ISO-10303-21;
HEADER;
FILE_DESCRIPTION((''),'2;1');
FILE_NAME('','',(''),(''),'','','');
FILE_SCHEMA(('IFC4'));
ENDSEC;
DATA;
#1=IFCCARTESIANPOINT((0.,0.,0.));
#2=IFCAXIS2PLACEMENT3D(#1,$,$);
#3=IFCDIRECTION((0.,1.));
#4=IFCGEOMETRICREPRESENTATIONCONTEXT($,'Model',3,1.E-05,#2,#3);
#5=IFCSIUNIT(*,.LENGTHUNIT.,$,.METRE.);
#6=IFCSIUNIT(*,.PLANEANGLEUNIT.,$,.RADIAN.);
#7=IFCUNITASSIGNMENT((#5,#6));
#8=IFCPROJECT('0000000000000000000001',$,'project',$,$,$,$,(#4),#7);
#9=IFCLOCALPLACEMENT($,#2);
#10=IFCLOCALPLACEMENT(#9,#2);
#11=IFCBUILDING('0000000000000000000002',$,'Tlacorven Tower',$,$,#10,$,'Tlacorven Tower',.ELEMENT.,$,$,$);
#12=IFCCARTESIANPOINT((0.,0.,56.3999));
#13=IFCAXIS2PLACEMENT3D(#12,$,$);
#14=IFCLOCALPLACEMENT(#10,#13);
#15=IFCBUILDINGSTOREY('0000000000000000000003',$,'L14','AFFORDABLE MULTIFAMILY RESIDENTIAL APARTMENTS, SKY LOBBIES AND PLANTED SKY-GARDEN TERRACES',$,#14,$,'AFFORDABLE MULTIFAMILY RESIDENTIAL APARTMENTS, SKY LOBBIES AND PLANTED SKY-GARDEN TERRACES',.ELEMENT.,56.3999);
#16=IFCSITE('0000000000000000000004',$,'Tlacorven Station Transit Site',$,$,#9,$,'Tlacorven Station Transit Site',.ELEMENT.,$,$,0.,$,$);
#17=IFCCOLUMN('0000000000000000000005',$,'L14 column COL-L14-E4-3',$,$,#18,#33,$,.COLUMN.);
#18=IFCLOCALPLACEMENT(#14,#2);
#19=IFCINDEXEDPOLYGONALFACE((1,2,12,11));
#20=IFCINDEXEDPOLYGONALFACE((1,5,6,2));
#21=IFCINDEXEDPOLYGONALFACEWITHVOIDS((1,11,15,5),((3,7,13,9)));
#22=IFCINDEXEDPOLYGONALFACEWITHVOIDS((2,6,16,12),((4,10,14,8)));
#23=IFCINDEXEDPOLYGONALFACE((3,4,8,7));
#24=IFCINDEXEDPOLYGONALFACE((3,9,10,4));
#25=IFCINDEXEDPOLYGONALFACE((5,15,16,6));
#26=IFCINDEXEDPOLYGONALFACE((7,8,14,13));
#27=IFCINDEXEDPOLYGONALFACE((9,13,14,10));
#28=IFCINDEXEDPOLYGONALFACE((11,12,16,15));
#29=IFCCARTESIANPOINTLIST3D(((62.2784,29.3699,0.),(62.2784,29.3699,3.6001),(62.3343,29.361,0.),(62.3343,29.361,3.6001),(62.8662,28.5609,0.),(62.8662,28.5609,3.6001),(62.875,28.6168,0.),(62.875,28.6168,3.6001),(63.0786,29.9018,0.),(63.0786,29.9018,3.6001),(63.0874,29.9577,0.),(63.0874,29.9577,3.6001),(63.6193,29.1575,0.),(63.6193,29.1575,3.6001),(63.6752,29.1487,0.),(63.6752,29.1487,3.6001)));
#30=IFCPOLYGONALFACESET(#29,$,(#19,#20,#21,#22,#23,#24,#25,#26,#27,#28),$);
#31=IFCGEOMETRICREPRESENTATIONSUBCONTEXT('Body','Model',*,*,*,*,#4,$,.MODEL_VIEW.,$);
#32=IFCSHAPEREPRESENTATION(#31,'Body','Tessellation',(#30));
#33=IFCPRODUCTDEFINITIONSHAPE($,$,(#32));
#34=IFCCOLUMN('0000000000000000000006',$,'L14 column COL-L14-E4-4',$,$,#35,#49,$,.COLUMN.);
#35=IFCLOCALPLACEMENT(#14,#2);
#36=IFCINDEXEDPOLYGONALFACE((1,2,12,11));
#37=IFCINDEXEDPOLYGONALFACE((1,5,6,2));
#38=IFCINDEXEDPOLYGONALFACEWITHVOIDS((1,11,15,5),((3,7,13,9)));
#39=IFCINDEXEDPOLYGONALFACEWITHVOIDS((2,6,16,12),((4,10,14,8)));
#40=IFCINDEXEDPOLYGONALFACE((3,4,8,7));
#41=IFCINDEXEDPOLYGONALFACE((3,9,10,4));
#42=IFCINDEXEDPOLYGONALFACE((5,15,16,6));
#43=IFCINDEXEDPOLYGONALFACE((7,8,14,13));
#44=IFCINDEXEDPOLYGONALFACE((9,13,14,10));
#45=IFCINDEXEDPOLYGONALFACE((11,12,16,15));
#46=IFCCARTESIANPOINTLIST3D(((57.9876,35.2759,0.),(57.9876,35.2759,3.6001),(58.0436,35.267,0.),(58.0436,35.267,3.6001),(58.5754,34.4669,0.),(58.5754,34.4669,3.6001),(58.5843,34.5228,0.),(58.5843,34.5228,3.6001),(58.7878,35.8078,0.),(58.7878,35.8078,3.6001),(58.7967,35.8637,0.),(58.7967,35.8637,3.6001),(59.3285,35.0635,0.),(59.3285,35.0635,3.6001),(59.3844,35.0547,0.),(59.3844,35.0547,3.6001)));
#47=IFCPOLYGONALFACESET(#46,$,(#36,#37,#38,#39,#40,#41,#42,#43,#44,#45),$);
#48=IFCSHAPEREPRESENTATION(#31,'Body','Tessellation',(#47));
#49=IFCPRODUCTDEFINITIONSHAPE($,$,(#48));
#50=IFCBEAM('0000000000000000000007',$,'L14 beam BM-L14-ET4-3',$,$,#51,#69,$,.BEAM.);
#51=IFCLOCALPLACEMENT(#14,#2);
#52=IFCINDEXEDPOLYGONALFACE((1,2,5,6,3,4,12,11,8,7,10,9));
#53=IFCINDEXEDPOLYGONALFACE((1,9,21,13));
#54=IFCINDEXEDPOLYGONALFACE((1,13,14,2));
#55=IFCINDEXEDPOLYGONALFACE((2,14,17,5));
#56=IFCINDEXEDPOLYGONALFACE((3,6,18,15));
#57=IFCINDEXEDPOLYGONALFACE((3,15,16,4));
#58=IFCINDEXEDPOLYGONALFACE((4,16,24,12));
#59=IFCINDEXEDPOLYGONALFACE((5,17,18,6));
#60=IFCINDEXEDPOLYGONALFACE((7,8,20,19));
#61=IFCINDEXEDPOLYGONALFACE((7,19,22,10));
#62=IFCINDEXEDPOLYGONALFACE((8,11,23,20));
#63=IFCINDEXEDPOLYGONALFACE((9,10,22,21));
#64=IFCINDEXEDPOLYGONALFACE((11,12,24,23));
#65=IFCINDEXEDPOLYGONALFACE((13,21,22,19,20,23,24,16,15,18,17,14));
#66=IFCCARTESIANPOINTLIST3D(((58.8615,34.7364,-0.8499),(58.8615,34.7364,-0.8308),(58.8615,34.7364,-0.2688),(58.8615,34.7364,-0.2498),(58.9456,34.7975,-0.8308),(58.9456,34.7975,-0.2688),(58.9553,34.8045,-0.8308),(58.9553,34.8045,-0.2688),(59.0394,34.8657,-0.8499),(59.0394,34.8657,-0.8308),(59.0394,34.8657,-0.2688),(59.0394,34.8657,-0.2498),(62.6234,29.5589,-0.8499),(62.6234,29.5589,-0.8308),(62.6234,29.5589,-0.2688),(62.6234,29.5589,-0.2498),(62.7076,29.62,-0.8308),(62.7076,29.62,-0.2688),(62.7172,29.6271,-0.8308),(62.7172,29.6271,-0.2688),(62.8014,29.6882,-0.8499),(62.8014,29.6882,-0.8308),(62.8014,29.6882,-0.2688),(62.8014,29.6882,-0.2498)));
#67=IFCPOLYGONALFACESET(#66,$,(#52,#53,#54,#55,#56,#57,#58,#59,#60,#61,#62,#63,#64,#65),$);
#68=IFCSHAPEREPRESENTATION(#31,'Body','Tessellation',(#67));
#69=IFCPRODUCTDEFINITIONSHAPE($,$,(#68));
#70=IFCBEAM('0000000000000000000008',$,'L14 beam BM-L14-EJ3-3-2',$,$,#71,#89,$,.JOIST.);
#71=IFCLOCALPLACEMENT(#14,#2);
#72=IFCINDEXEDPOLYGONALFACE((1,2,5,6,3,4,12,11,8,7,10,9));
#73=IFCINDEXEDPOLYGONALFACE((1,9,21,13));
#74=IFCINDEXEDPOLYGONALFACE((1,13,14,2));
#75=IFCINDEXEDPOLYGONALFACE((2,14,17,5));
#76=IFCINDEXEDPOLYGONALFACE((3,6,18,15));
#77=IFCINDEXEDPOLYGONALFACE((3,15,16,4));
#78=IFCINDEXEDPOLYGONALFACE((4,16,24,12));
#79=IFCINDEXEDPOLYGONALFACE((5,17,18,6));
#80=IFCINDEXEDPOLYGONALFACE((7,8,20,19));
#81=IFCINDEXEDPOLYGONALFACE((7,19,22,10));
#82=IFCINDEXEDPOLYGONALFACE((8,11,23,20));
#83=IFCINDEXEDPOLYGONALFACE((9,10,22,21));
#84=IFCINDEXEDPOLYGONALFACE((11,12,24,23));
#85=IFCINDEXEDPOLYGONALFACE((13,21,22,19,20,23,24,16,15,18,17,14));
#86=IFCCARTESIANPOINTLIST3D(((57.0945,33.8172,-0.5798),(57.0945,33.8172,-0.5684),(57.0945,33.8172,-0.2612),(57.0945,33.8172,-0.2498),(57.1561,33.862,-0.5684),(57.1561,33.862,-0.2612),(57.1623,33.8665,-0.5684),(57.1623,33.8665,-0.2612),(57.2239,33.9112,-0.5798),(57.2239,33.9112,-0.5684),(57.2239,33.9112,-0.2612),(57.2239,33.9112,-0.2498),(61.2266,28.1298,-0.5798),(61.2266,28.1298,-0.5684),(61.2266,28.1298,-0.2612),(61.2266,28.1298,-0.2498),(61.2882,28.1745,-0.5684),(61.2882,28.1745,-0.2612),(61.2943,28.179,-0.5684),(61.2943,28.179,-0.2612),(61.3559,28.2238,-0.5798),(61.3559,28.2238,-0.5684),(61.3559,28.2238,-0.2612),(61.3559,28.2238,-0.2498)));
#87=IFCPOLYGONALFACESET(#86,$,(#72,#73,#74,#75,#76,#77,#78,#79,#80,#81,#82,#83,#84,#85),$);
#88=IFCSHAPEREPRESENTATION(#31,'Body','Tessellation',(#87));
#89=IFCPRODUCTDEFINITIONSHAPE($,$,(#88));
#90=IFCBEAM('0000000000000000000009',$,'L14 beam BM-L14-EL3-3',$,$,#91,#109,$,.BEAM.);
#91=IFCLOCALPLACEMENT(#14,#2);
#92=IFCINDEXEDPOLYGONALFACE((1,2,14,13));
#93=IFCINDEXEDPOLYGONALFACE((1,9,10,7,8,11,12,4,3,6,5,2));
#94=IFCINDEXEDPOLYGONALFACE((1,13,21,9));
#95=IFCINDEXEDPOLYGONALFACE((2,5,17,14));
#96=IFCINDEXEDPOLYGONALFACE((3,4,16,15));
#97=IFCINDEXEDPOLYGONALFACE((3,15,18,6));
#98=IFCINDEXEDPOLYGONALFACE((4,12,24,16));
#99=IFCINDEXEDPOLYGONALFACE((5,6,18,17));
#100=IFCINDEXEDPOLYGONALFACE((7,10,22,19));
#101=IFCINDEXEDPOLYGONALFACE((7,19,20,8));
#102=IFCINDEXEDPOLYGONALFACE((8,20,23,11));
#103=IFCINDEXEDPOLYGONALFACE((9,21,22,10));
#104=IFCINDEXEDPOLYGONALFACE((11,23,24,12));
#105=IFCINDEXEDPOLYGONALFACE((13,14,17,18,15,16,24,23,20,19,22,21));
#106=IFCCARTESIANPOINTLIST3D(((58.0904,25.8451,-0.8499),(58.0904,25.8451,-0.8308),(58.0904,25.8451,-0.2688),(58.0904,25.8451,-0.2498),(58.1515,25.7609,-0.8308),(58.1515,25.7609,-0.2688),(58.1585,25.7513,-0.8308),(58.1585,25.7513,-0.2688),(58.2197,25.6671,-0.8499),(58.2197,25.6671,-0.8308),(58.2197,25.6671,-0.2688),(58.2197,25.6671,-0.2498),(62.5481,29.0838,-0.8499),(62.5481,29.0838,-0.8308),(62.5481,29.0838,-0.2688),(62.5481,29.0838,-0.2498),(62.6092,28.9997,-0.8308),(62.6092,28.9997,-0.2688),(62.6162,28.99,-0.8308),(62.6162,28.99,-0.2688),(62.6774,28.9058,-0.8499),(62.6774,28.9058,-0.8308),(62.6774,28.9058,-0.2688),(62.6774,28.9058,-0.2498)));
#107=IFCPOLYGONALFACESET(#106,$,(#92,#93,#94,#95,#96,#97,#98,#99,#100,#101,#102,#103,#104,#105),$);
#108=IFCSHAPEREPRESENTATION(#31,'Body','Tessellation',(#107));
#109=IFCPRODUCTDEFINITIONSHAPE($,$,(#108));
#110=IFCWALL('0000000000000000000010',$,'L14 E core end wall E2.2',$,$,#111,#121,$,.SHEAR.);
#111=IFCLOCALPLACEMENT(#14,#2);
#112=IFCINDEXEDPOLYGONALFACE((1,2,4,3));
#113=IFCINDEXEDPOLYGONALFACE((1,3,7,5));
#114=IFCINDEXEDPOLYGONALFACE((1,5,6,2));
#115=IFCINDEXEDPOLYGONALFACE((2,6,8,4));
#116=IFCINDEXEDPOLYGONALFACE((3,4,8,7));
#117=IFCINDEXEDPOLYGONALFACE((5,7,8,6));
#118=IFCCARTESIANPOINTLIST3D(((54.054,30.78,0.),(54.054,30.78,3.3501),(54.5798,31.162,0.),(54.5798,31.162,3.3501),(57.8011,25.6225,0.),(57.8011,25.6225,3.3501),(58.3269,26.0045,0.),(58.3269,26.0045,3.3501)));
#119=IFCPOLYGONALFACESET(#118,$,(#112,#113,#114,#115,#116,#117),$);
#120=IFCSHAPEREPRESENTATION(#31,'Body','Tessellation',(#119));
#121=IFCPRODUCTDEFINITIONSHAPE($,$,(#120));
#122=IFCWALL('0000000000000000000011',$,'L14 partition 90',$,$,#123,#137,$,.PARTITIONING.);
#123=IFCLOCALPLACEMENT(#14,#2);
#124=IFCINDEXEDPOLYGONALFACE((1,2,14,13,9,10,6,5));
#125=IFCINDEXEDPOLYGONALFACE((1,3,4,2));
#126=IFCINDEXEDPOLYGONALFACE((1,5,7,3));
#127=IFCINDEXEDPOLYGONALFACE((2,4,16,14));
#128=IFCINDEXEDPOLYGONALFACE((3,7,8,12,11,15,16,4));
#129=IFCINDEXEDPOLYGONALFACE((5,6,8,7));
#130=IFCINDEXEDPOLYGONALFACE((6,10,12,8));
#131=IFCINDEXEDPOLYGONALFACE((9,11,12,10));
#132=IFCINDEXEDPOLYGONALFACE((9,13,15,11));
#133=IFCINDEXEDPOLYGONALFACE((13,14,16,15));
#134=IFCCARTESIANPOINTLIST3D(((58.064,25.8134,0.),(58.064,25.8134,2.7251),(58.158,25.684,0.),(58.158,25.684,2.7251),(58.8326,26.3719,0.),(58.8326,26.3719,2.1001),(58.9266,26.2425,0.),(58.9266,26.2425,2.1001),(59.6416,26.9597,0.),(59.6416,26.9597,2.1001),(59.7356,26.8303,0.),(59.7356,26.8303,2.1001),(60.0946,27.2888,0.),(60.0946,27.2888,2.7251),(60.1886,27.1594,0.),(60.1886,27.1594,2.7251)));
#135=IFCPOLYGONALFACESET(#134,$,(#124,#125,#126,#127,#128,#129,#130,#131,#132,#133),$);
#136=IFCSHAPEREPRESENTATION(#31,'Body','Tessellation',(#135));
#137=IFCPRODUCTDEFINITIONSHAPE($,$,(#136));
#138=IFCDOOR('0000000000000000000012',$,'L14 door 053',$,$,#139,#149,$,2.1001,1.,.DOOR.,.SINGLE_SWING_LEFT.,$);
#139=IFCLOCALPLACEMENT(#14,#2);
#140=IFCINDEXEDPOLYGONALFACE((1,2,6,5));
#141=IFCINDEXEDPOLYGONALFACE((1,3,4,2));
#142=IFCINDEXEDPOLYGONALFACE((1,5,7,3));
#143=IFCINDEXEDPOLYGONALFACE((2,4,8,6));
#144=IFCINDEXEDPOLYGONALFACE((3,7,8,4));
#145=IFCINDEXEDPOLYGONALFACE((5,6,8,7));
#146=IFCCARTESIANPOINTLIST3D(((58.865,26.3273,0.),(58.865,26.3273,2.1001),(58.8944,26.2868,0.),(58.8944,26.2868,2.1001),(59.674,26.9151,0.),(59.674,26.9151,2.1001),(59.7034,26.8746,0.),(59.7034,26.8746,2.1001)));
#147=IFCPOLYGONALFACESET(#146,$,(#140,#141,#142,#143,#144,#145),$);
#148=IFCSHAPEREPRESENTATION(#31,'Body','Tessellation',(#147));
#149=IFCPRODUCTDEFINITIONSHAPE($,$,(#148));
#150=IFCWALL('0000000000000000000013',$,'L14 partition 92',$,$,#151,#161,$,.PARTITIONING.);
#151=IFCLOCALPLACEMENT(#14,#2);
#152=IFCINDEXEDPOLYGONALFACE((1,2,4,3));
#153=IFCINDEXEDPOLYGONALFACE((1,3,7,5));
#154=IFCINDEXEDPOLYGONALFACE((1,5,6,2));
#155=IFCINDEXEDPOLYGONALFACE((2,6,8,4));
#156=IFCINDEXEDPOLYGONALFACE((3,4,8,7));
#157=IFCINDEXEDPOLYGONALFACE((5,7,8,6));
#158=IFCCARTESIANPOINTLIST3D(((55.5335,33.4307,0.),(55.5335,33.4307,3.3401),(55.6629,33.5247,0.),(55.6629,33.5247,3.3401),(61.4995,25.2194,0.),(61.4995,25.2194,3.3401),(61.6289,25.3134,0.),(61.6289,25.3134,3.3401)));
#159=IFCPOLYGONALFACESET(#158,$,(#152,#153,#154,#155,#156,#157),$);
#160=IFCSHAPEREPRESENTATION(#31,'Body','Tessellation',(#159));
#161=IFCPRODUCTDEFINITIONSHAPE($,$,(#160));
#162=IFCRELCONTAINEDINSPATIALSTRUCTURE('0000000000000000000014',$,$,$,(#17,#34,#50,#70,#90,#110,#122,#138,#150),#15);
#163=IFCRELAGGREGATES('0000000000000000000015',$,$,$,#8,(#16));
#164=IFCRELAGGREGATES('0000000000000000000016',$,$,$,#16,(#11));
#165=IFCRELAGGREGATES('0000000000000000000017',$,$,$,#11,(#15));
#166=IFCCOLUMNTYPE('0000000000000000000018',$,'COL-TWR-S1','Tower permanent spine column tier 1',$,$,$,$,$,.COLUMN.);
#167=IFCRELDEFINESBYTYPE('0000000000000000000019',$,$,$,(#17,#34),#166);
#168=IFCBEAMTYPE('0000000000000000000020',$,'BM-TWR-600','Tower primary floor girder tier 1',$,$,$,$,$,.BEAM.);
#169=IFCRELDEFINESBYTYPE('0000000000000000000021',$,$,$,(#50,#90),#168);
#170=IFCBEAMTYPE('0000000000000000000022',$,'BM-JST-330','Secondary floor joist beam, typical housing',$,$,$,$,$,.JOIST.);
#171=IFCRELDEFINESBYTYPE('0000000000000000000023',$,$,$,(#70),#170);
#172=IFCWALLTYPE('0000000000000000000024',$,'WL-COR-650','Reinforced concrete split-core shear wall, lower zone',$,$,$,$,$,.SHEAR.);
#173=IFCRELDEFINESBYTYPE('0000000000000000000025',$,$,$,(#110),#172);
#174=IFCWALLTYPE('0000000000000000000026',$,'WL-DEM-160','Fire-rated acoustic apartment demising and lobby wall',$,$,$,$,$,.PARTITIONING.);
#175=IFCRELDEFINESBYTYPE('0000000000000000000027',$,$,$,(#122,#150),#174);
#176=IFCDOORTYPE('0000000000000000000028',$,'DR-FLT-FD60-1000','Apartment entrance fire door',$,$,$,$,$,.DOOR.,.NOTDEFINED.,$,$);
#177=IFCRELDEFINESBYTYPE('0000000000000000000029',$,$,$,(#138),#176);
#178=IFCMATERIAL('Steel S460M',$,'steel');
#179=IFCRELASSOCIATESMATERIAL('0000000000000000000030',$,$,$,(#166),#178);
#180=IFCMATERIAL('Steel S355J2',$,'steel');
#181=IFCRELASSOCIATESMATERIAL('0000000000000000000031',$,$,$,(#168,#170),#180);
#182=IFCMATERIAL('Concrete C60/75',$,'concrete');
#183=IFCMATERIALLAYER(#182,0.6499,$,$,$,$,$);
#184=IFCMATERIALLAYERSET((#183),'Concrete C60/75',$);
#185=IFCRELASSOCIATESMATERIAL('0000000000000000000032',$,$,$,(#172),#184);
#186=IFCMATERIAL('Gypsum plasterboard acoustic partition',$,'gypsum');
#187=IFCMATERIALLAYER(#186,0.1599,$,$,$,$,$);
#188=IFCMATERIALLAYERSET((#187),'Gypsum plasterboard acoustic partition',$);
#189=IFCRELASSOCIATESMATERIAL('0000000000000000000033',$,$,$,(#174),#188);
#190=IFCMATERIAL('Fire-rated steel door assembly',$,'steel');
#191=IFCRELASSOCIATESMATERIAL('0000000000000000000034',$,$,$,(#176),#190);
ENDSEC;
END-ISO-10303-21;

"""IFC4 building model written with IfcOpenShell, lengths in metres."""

from ifc_helpers import new_model, si_unit, direction, frame, frame_2d, origin, origin_2d, place, context, subcontext, project, spatial, rectangle, hollow_rectangle, i_section, extrude, source, transform, mapped, material, layer, layer_set, material_profile, profile_set, type_object, element, fill, save


model = new_model("IFC4")

# Units and contexts
model_context = context("Model", 3, precision=1e-05, world=origin(), true_north=direction((0.0, 1.0)))
body_context = subcontext(model_context, "Body", "Model", "MODEL_VIEW")
ifc_project = project(units=[si_unit("LENGTHUNIT", "METRE"), si_unit("PLANEANGLEUNIT", "RADIAN")], contexts=[model_context])

# Site, building, storey
site_placement = place(None, origin())
site = spatial("IfcSite", under=ifc_project, at=site_placement, Name="Tlacorven Station Transit Site", LongName="Tlacorven Station Transit Site", CompositionType="ELEMENT", RefElevation=0.0)
building_placement = place(site_placement, origin())
building = spatial("IfcBuilding", under=site, at=building_placement, Name="Tlacorven Tower", LongName="Tlacorven Tower", CompositionType="ELEMENT")
storey_placement = place(building_placement, frame((0.0, 0.0, 56.3999)))
storey = spatial("IfcBuildingStorey", under=building, at=storey_placement, Name="L14", Description="AFFORDABLE MULTIFAMILY RESIDENTIAL APARTMENTS, SKY LOBBIES AND PLANTED SKY-GARDEN TERRACES", LongName="AFFORDABLE MULTIFAMILY RESIDENTIAL APARTMENTS, SKY LOBBIES AND PLANTED SKY-GARDEN TERRACES", CompositionType="ELEMENT", Elevation=56.3999)

# Columns
ifc_material_1 = material(Name="Steel S460M", Category="steel")
ifc_material_profile_1 = material_profile(ifc_material_1, hollow_rectangle(XDim=1.0, YDim=1.0, WallThickness=0.04, at=origin_2d()), Name="BOX 1000X1000X40")
ifc_profile_set_1 = profile_set([ifc_material_profile_1], Name="Steel S460M")
column_type = type_object("IfcColumnType", Name="COL-TWR-S1", Description="Tower permanent spine column tier 1", PredefinedType="COLUMN", material=ifc_profile_set_1)
shared_shape_1 = source(origin(), body_context, "Body", "SweptSolid", [
    extrude(hollow_rectangle(XDim=1.0, YDim=1.0, WallThickness=0.04, at=origin_2d()), origin(), (0.0, 0.0, 1.0), 3.6001),
])
for number, where, z_axis, x_axis, name in (
    (1, (62.9768, 29.2593, 0.0), (0.0, 0.0, 1.0), (0.809017, 0.587785, 0.0), "L14 column COL-L14-E4-3"),
    (2, (58.686, 35.1653, 0.0), (0.0, 0.0, 1.0), (0.809017, 0.587785, 0.0), "L14 column COL-L14-E4-4"),
):
    element("IfcColumn", number, at=place(storey_placement, frame(where, z_axis=z_axis, x_axis=x_axis)), inside=storey, type_object=column_type, Name=name, PredefinedType="COLUMN", context=body_context, shape_type="MappedRepresentation", body=[
        mapped(shared_shape_1, transform((0.0, 0.0, 0.0), scale=1.0)),
    ])

# Beams
ifc_material_2 = material(Name="Steel S355J2", Category="steel")
ifc_material_profile_2 = material_profile(ifc_material_2, i_section(OverallWidth=0.22, OverallDepth=0.6001, WebThickness=0.012, FlangeThickness=0.019, at=origin_2d()), Name="IPE 600")
ifc_profile_set_2 = profile_set([ifc_material_profile_2], Name="Steel S355J2")
beam_type_1 = type_object("IfcBeamType", Name="BM-TWR-600", Description="Tower primary floor girder tier 1", PredefinedType="BEAM", material=ifc_profile_set_2)
shared_shape_2 = source(origin(), body_context, "Body", "SweptSolid", [
    extrude(i_section(OverallWidth=0.22, OverallDepth=0.6001, WebThickness=0.012, FlangeThickness=0.019, at=origin_2d()), origin(), (0.0, 0.0, 1.0), 6.3999),
])
beam_1_placement = place(storey_placement, frame((62.7124, 29.6235, -0.5498), z_axis=(-0.587816, 0.808995, 0.0), x_axis=(-0.808995, -0.587816, 0.0)))
element("IfcBeam", 3, at=beam_1_placement, inside=storey, type_object=beam_type_1, Name="L14 beam BM-L14-ET4-3", PredefinedType="BEAM", context=body_context, shape_type="MappedRepresentation", body=[
    mapped(shared_shape_2, transform((0.0, 0.0, 0.0), scale=1.0)),
])
ifc_material_profile_3 = material_profile(ifc_material_2, i_section(OverallWidth=0.1599, OverallDepth=0.3301, WebThickness=0.0076, FlangeThickness=0.0115, at=origin_2d()), Name="IPE 330")
ifc_profile_set_3 = profile_set([ifc_material_profile_3], Name="Steel S355J2")
beam_type_2 = type_object("IfcBeamType", Name="BM-JST-330", Description="Secondary floor joist beam, typical housing", PredefinedType="JOIST", material=ifc_profile_set_3)
shared_shape_3 = source(origin(), body_context, "Body", "SweptSolid", [
    extrude(i_section(OverallWidth=0.1599, OverallDepth=0.3301, WebThickness=0.0076, FlangeThickness=0.0115, at=origin_2d()), origin(), (0.0, 0.0, 1.0), 7.03),
])
beam_2_placement = place(storey_placement, frame((61.2913, 28.1768, -0.4148), z_axis=(-0.587773, 0.809026, 0.0), x_axis=(-0.809026, -0.587773, 0.0)))
element("IfcBeam", 4, at=beam_2_placement, inside=storey, type_object=beam_type_2, Name="L14 beam BM-L14-EJ3-3-2", PredefinedType="JOIST", context=body_context, shape_type="MappedRepresentation", body=[
    mapped(shared_shape_3, transform((0.0, 0.0, 0.0), scale=1.0)),
])
shared_shape_4 = source(origin(), body_context, "Body", "SweptSolid", [
    extrude(i_section(OverallWidth=0.22, OverallDepth=0.6001, WebThickness=0.012, FlangeThickness=0.019, at=origin_2d()), origin(), (0.0, 0.0, 1.0), 5.51),
])
beam_3_placement = place(storey_placement, frame((58.155, 25.7561, -0.5498), z_axis=(0.809016, 0.587787, 0.0), x_axis=(-0.587787, 0.809016, 0.0)))
element("IfcBeam", 5, at=beam_3_placement, inside=storey, type_object=beam_type_1, Name="L14 beam BM-L14-EL3-3", PredefinedType="BEAM", context=body_context, shape_type="MappedRepresentation", body=[
    mapped(shared_shape_4, transform((0.0, 0.0, 0.0), scale=1.0)),
])

# Wall
ifc_material_3 = material(Name="Concrete C60/75", Category="concrete")
ifc_layer_1 = layer(ifc_material_3, 0.6499)
ifc_layer_set_1 = layer_set([ifc_layer_1], Name="Concrete C60/75")
wall_type_1 = type_object("IfcWallType", Name="WL-COR-650", Description="Reinforced concrete split-core shear wall, lower zone", PredefinedType="SHEAR", material=ifc_layer_set_1)
wall_1_placement = place(storey_placement, frame((58.064, 25.8135, 0.0), z_axis=(0.0, 0.0, 1.0), x_axis=(-0.58778, 0.809021, 0.0)))
element("IfcWall", 6, at=wall_1_placement, inside=storey, type_object=wall_type_1, Name="L14 E core end wall E2.2", PredefinedType="SHEAR", context=body_context, shape_type="SweptSolid", body=[
    extrude(rectangle(XDim=6.375, YDim=0.6499, at=frame_2d((3.1875, 0.0))), origin(), (0.0, 0.0, 1.0), 3.3501),
])

# Wall, opening, door
ifc_material_4 = material(Name="Gypsum plasterboard acoustic partition", Category="gypsum")
ifc_layer_2 = layer(ifc_material_4, 0.1599)
ifc_layer_set_2 = layer_set([ifc_layer_2], Name="Gypsum plasterboard acoustic partition")
wall_type_2 = type_object("IfcWallType", Name="WL-DEM-160", Description="Fire-rated acoustic apartment demising and lobby wall", PredefinedType="PARTITIONING", material=ifc_layer_set_2)
wall_2_placement = place(storey_placement, frame((58.1111, 25.7488, 0.0), z_axis=(0.0, 0.0, 1.0), x_axis=(0.809001, 0.587807, 0.0)))
wall_2 = element("IfcWall", 7, at=wall_2_placement, inside=storey, type_object=wall_type_2, Name="L14 partition 90", PredefinedType="PARTITIONING", context=body_context, shape_type="SweptSolid", body=[
    extrude(rectangle(XDim=2.51, YDim=0.1599, at=frame_2d((1.2549, 0.0))), origin(), (0.0, 0.0, 1.0), 2.7251),
])
opening_1_placement = place(wall_2_placement, frame((0.95, 0.0, 0.0)))
opening_1 = element("IfcOpeningElement", 8, at=opening_1_placement, cuts=wall_2, PredefinedType="OPENING", context=body_context, shape_type="SweptSolid", body=[
    extrude(rectangle(XDim=1.0, YDim=2.1001, at=frame_2d((0.5, 1.05))), frame((0.0, 0.0898, 0.0), z_axis=(0.0, -1.0, 0.0), x_axis=(1.0, 0.0, 0.0)), (0.0, 0.0, 1.0), 0.1799),
])
ifc_material_5 = material(Name="Fire-rated steel door assembly", Category="steel")
door_type_1 = type_object("IfcDoorType", Name="DR-FLT-FD60-1000", Description="Apartment entrance fire door", OperationType="NOTDEFINED", PredefinedType="DOOR", material=ifc_material_5)
shared_shape_5 = source(origin(), body_context, "Body", "SweptSolid", [
    extrude(rectangle(XDim=1.0, YDim=2.1001, at=frame_2d((0.5, 1.05))), frame((0.0, 0.0249, 0.0), z_axis=(0.0, -1.0, 0.0), x_axis=(1.0, 0.0, 0.0)), (0.0, 0.0, 1.0), 0.05),
])
door_1_placement = place(opening_1_placement, origin())
door_1 = element("IfcDoor", 9, at=door_1_placement, inside=storey, type_object=door_type_1, Name="L14 door 053", OperationType="SINGLE_SWING_LEFT", OverallHeight=2.1001, OverallWidth=1.0, PredefinedType="DOOR", context=body_context, shape_type="MappedRepresentation", body=[
    mapped(shared_shape_5, transform((0.0, 0.0, 0.0), scale=1.0)),
])
fill(opening_1, door_1)

# Wall
wall_3_placement = place(storey_placement, frame((61.5642, 25.2664, 0.0), z_axis=(0.0, 0.0, 1.0), x_axis=(-0.587793, 0.809012, 0.0)))
element("IfcWall", 10, at=wall_3_placement, inside=storey, type_object=wall_type_2, Name="L14 partition 92", PredefinedType="PARTITIONING", context=body_context, shape_type="SweptSolid", body=[
    extrude(rectangle(XDim=10.1499, YDim=0.1599, at=frame_2d((5.075, 0.0))), origin(), (0.0, 0.0, 1.0), 3.3401),
])

save(model, "model.ifc")
